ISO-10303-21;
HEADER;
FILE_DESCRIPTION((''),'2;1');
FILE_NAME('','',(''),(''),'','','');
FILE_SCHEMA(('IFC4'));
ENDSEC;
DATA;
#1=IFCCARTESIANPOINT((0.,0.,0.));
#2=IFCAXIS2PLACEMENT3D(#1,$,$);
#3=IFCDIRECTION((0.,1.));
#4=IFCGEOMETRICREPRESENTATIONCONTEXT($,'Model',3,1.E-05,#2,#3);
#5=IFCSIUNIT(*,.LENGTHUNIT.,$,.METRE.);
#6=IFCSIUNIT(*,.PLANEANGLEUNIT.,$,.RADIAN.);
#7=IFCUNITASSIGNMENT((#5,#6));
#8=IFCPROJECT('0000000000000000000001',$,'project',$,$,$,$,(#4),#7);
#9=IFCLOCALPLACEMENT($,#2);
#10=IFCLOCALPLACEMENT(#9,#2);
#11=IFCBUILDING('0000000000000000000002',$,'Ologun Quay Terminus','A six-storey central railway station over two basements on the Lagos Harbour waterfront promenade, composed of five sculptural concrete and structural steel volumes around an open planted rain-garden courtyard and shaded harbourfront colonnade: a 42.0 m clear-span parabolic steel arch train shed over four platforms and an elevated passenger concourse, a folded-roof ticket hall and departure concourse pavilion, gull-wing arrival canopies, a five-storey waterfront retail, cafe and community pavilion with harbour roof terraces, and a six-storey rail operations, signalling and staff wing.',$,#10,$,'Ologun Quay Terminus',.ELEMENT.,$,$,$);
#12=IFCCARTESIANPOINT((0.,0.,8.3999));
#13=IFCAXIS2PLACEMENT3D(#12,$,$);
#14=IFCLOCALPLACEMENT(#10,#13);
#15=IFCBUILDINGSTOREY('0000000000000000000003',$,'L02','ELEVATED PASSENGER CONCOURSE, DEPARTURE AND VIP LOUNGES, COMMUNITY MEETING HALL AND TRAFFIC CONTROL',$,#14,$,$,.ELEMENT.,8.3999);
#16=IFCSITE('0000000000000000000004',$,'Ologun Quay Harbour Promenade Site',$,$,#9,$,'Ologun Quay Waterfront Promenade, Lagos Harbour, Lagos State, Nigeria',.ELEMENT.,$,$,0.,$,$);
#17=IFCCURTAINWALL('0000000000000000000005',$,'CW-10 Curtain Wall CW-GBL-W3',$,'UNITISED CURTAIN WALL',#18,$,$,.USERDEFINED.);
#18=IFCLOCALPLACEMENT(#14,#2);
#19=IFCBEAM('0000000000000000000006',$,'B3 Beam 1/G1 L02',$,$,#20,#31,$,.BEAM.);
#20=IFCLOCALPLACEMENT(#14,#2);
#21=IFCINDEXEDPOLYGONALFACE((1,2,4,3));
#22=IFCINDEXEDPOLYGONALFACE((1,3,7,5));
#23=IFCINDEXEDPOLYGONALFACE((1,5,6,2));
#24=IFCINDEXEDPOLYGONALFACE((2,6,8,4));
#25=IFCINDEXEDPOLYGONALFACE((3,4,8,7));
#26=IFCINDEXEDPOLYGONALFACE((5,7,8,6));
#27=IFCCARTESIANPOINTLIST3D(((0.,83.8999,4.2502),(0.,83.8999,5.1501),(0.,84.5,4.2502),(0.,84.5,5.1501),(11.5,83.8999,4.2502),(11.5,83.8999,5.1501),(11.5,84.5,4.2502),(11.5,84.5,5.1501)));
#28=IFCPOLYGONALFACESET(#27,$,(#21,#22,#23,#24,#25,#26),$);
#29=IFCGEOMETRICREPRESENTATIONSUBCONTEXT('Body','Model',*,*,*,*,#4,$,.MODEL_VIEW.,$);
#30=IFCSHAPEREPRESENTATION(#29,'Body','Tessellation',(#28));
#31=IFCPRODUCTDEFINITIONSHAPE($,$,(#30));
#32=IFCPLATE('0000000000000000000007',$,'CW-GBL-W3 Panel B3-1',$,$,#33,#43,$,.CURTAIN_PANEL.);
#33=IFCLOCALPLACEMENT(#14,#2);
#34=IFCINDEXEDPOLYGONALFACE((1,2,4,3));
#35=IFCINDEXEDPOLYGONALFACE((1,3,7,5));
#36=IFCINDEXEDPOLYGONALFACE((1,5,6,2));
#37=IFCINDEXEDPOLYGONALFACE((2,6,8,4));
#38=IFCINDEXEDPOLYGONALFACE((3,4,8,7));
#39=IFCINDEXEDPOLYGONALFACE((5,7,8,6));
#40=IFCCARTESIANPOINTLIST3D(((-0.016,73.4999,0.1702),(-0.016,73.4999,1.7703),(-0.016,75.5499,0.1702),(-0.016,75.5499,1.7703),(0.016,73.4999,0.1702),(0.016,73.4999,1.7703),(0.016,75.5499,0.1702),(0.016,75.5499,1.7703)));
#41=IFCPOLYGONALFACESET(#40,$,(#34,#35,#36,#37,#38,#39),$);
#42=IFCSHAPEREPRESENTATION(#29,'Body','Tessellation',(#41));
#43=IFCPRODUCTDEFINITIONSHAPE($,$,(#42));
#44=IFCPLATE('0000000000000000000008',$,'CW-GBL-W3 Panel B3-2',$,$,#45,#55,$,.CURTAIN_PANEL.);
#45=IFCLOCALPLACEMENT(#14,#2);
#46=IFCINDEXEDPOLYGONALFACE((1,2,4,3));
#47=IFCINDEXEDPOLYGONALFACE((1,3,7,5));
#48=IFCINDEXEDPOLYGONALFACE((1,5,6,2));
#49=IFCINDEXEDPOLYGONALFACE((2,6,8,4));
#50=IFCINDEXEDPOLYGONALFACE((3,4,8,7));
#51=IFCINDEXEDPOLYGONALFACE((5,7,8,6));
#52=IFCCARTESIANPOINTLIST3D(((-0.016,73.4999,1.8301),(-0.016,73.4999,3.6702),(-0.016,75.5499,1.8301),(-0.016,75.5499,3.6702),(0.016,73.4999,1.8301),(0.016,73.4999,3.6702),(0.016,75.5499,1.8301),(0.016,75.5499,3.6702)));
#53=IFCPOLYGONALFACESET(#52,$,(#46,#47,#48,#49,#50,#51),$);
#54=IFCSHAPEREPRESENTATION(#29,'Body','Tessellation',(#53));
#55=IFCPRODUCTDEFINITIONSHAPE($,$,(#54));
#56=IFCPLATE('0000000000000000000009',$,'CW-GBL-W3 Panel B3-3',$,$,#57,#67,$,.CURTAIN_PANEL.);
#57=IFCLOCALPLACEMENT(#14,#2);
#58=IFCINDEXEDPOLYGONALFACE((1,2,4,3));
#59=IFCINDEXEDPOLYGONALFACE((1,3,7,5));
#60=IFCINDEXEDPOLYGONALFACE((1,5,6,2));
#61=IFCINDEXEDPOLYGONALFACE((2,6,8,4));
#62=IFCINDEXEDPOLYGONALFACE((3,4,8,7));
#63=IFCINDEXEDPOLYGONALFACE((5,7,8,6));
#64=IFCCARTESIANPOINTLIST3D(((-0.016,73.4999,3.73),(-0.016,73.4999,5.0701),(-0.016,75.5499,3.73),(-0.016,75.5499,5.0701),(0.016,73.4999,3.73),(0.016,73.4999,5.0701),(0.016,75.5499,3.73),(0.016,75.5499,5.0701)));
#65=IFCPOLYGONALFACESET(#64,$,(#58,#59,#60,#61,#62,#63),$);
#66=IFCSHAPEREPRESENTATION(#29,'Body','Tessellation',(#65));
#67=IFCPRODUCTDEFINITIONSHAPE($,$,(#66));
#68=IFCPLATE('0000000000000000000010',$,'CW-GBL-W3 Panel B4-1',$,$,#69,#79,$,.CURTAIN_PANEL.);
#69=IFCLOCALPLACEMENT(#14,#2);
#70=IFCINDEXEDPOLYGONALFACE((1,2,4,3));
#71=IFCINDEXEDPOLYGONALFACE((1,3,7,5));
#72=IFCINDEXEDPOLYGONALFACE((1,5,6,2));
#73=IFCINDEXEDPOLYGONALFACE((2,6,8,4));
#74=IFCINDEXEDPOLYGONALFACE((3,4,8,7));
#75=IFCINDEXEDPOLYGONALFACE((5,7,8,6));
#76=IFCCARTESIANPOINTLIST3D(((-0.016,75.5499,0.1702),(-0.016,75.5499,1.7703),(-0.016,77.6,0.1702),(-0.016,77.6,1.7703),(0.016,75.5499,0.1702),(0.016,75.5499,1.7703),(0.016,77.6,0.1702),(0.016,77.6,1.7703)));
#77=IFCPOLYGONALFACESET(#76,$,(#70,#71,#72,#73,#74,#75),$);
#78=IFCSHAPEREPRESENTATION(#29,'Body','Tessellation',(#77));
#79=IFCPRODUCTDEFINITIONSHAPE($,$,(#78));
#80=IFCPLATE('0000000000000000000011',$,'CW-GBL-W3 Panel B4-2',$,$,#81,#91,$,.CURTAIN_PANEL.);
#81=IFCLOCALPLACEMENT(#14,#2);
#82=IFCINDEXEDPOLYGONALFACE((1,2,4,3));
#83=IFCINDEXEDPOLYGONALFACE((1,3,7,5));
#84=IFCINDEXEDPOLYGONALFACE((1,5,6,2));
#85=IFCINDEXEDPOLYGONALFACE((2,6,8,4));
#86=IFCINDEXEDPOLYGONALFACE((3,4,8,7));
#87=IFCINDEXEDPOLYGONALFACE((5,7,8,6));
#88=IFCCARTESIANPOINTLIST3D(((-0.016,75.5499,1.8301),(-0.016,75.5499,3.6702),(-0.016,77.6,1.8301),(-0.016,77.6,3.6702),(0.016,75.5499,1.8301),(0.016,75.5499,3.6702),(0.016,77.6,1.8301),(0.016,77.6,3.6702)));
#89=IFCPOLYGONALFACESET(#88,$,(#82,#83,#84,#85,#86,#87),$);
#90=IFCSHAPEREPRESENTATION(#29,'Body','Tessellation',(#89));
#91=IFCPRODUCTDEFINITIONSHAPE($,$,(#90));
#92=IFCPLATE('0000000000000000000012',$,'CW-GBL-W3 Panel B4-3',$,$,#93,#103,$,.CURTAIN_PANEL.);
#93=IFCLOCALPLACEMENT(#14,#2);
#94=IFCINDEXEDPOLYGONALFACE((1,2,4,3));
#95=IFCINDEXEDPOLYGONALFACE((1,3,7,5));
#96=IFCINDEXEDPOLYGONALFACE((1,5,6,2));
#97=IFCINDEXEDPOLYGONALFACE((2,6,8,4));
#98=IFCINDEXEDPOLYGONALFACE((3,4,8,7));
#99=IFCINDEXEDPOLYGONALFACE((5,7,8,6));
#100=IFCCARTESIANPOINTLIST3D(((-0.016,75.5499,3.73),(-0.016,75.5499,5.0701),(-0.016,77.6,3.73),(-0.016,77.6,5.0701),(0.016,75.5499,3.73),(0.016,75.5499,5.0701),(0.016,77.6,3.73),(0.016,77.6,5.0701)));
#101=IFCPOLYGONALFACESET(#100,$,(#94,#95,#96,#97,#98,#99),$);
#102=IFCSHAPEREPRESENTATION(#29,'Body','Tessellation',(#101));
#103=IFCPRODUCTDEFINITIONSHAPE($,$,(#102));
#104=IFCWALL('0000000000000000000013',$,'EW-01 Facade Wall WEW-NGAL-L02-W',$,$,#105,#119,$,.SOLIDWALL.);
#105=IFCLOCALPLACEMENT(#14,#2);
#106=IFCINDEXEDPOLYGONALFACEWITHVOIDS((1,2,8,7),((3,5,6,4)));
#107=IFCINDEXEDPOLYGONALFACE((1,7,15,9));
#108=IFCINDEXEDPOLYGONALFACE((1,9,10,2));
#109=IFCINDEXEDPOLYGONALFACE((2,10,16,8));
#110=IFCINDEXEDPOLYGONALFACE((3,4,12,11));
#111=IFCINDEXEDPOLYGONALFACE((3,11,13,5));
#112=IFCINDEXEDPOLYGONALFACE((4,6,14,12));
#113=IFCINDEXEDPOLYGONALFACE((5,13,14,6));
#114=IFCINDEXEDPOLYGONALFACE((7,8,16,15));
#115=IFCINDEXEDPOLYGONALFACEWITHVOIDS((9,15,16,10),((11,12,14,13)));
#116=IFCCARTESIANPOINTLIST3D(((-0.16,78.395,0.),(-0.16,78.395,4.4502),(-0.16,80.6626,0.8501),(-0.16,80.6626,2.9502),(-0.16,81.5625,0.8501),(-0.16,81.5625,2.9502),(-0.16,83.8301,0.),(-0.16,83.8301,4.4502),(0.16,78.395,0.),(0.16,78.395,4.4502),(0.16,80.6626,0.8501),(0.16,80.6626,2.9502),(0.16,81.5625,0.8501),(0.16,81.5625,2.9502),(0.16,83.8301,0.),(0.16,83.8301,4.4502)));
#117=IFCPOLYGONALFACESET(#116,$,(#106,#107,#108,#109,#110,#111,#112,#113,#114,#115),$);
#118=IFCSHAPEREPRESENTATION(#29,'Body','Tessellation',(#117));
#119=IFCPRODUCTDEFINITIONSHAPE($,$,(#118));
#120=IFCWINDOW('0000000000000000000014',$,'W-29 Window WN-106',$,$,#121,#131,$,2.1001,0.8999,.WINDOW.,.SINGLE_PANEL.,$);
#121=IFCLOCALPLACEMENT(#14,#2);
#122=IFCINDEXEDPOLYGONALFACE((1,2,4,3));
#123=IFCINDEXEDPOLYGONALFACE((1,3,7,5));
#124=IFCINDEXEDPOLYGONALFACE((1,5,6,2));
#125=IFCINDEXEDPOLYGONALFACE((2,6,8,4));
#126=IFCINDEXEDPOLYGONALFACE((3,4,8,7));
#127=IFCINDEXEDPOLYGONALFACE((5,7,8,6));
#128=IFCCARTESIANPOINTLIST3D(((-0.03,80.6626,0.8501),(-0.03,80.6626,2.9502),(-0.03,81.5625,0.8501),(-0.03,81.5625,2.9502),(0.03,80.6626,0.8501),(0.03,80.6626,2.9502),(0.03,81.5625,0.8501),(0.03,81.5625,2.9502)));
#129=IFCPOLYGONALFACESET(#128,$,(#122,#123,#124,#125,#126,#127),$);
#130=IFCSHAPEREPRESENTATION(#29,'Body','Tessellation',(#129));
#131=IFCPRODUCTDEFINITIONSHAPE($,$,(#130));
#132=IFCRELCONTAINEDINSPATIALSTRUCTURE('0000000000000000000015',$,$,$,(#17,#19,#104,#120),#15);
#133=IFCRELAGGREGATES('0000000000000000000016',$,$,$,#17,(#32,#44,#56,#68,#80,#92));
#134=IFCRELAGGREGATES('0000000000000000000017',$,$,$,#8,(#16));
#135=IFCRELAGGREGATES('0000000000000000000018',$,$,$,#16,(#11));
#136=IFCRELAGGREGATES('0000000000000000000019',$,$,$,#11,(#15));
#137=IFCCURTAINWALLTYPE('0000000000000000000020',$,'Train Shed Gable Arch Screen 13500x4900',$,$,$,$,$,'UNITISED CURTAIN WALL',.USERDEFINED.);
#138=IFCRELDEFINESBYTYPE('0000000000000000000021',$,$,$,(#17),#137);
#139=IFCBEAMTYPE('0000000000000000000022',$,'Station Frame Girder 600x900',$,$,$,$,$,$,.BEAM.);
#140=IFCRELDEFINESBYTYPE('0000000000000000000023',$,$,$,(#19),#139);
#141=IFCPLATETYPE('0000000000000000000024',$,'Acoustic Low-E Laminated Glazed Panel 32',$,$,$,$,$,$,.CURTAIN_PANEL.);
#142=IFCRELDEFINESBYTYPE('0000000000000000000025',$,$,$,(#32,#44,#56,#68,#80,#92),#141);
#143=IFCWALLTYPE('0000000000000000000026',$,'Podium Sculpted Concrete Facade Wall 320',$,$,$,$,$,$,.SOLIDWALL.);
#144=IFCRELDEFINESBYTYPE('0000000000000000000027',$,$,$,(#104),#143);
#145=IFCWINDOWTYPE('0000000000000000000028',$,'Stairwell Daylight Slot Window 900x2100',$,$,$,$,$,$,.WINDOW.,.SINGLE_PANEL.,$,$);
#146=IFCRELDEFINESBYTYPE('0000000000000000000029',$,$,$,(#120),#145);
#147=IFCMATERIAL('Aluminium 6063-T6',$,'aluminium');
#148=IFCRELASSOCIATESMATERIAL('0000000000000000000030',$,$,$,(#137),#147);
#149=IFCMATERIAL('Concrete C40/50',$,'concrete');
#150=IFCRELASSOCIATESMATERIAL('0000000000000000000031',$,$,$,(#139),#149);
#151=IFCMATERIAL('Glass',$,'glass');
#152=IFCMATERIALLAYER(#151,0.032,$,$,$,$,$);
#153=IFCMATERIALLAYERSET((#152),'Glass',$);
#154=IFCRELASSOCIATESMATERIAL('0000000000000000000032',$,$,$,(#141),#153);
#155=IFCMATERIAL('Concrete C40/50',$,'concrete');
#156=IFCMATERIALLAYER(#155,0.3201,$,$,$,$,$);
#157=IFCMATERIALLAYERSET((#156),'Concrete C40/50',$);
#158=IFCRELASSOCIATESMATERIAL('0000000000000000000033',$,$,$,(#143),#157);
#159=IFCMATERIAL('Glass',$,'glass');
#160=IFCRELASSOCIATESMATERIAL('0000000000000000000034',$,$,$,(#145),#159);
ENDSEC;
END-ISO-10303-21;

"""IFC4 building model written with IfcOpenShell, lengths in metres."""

from ifc_helpers import new_model, si_unit, direction, frame, frame_2d, origin, origin_2d, place, context, subcontext, project, spatial, rectangle, extrude, material, layer, layer_set, material_profile, profile_set, type_object, element, fill, aggregate, save


model = new_model("IFC4")

# Units and contexts
model_context = context("Model", 3, precision=1e-05, world=origin(), true_north=direction((0.0, 1.0)))
body_context = subcontext(model_context, "Body", "Model", "MODEL_VIEW")
ifc_project = project(units=[si_unit("LENGTHUNIT", "METRE"), si_unit("PLANEANGLEUNIT", "RADIAN")], contexts=[model_context])

# Site, building, storey
site_placement = place(None, origin())
site = spatial("IfcSite", under=ifc_project, at=site_placement, Name="Ologun Quay Harbour Promenade Site", LongName="Ologun Quay Waterfront Promenade, Lagos Harbour, Lagos State, Nigeria", CompositionType="ELEMENT", RefElevation=0.0)
building_placement = place(site_placement, origin())
building = spatial("IfcBuilding", under=site, at=building_placement, Name="Ologun Quay Terminus", Description="A six-storey central railway station over two basements on the Lagos Harbour waterfront promenade, composed of five sculptural concrete and structural steel volumes around an open planted rain-garden courtyard and shaded harbourfront colonnade: a 42.0 m clear-span parabolic steel arch train shed over four platforms and an elevated passenger concourse, a folded-roof ticket hall and departure concourse pavilion, gull-wing arrival canopies, a five-storey waterfront retail, cafe and community pavilion with harbour roof terraces, and a six-storey rail operations, signalling and staff wing.", LongName="Ologun Quay Terminus", CompositionType="ELEMENT")
storey_placement = place(building_placement, frame((0.0, 0.0, 8.3999)))
storey = spatial("IfcBuildingStorey", under=building, at=storey_placement, Name="L02", Description="ELEVATED PASSENGER CONCOURSE, DEPARTURE AND VIP LOUNGES, COMMUNITY MEETING HALL AND TRAFFIC CONTROL", CompositionType="ELEMENT", Elevation=8.3999)

# Curtain wall
ifc_material_1 = material(Name="Aluminium 6063-T6", Category="aluminium")
curtain_wall_type = type_object("IfcCurtainWallType", Name="Train Shed Gable Arch Screen 13500x4900", ElementType="UNITISED CURTAIN WALL", PredefinedType="USERDEFINED", material=ifc_material_1)
curtain_wall_placement = place(storey_placement, origin())
curtain_wall = element("IfcCurtainWall", 1, at=curtain_wall_placement, inside=storey, type_object=curtain_wall_type, Name="CW-10 Curtain Wall CW-GBL-W3", ObjectType="UNITISED CURTAIN WALL", PredefinedType="USERDEFINED")

# Beam
ifc_material_2 = material(Name="Concrete C40/50", Category="concrete")
ifc_material_profile_1 = material_profile(ifc_material_2, rectangle(XDim=0.6001, YDim=0.8999, at=origin_2d()), Name="RC 600x900")
ifc_profile_set_1 = profile_set([ifc_material_profile_1], Name="Concrete C40/50")
beam_type_1 = type_object("IfcBeamType", Name="Station Frame Girder 600x900", PredefinedType="BEAM", material=ifc_profile_set_1)
for number, where, z_axis, x_axis, name in (
    (2, (0.0, 84.2, 4.7002), (1.0, 0.0, 0.0), (0.0, 1.0, 0.0), "B3 Beam 1/G1 L02"),
):
    element("IfcBeam", number, at=place(storey_placement, frame(where, z_axis=z_axis, x_axis=x_axis)), inside=storey, type_object=beam_type_1, Name=name, PredefinedType="BEAM", context=body_context, shape_type="SweptSolid", body=[
        extrude(rectangle(XDim=0.6001, YDim=0.8999, at=origin_2d()), origin(), (0.0, 0.0, 1.0), 11.5),
    ])

# Plates
ifc_material_3 = material(Name="Glass", Category="glass")
ifc_layer_1 = layer(ifc_material_3, 0.032)
ifc_layer_set_1 = layer_set([ifc_layer_1], Name="Glass")
plate_type = type_object("IfcPlateType", Name="Acoustic Low-E Laminated Glazed Panel 32", PredefinedType="CURTAIN_PANEL", material=ifc_layer_set_1)
plate_1_placement = place(storey_placement, frame((0.0, 74.5249, 0.1702), z_axis=(0.0, 0.0, 1.0), x_axis=(0.0, 1.0, 0.0)))
plate_1 = element("IfcPlate", 3, at=plate_1_placement, type_object=plate_type, Name="CW-GBL-W3 Panel B3-1", PredefinedType="CURTAIN_PANEL", context=body_context, shape_type="SweptSolid", body=[
    extrude(rectangle(XDim=2.05, YDim=0.032, at=origin_2d()), origin(), (0.0, 0.0, 1.0), 1.6001),
])
plate_2_placement = place(storey_placement, frame((0.0, 74.5249, 1.8301), z_axis=(0.0, 0.0, 1.0), x_axis=(0.0, 1.0, 0.0)))
plate_2 = element("IfcPlate", 4, at=plate_2_placement, type_object=plate_type, Name="CW-GBL-W3 Panel B3-2", PredefinedType="CURTAIN_PANEL", context=body_context, shape_type="SweptSolid", body=[
    extrude(rectangle(XDim=2.05, YDim=0.032, at=origin_2d()), origin(), (0.0, 0.0, 1.0), 1.8401),
])
plate_3_placement = place(storey_placement, frame((0.0, 74.5249, 3.73), z_axis=(0.0, 0.0, 1.0), x_axis=(0.0, 1.0, 0.0)))
plate_3 = element("IfcPlate", 5, at=plate_3_placement, type_object=plate_type, Name="CW-GBL-W3 Panel B3-3", PredefinedType="CURTAIN_PANEL", context=body_context, shape_type="SweptSolid", body=[
    extrude(rectangle(XDim=2.05, YDim=0.032, at=origin_2d()), origin(), (0.0, 0.0, 1.0), 1.3401),
])
plate_4_placement = place(storey_placement, frame((0.0, 76.575, 0.1702), z_axis=(0.0, 0.0, 1.0), x_axis=(0.0, 1.0, 0.0)))
plate_4 = element("IfcPlate", 6, at=plate_4_placement, type_object=plate_type, Name="CW-GBL-W3 Panel B4-1", PredefinedType="CURTAIN_PANEL", context=body_context, shape_type="SweptSolid", body=[
    extrude(rectangle(XDim=2.05, YDim=0.032, at=origin_2d()), origin(), (0.0, 0.0, 1.0), 1.6001),
])
plate_5_placement = place(storey_placement, frame((0.0, 76.575, 1.8301), z_axis=(0.0, 0.0, 1.0), x_axis=(0.0, 1.0, 0.0)))
plate_5 = element("IfcPlate", 7, at=plate_5_placement, type_object=plate_type, Name="CW-GBL-W3 Panel B4-2", PredefinedType="CURTAIN_PANEL", context=body_context, shape_type="SweptSolid", body=[
    extrude(rectangle(XDim=2.05, YDim=0.032, at=origin_2d()), origin(), (0.0, 0.0, 1.0), 1.8401),
])
plate_6_placement = place(storey_placement, frame((0.0, 76.575, 3.73), z_axis=(0.0, 0.0, 1.0), x_axis=(0.0, 1.0, 0.0)))
plate_6 = element("IfcPlate", 8, at=plate_6_placement, type_object=plate_type, Name="CW-GBL-W3 Panel B4-3", PredefinedType="CURTAIN_PANEL", context=body_context, shape_type="SweptSolid", body=[
    extrude(rectangle(XDim=2.05, YDim=0.032, at=origin_2d()), origin(), (0.0, 0.0, 1.0), 1.3401),
])
aggregate(curtain_wall, [plate_1, plate_2, plate_3, plate_4, plate_5, plate_6])

# Wall, opening, window
ifc_material_4 = material(Name="Concrete C40/50", Category="concrete")
ifc_layer_2 = layer(ifc_material_4, 0.3201)
ifc_layer_set_2 = layer_set([ifc_layer_2], Name="Concrete C40/50")
wall_type = type_object("IfcWallType", Name="Podium Sculpted Concrete Facade Wall 320", PredefinedType="SOLIDWALL", material=ifc_layer_set_2)
wall_placement = place(storey_placement, frame((0.0, 78.395, 0.0), z_axis=(0.0, 0.0, 1.0), x_axis=(0.0, 1.0, 0.0)))
wall = element("IfcWall", 9, at=wall_placement, inside=storey, type_object=wall_type, Name="EW-01 Facade Wall WEW-NGAL-L02-W", PredefinedType="SOLIDWALL", context=body_context, shape_type="SweptSolid", body=[
    extrude(rectangle(XDim=5.4351, YDim=0.3201, at=frame_2d((2.7175, 0.0))), origin(), (0.0, 0.0, 1.0), 4.4502),
])
opening_placement = place(wall_placement, frame((2.2676, 0.0, 0.8501)))
opening = element("IfcOpeningElement", 10, at=opening_placement, cuts=wall, PredefinedType="OPENING", context=body_context, shape_type="SweptSolid", body=[
    extrude(rectangle(XDim=0.8999, YDim=2.1001, at=frame_2d((0.45, 1.05))), frame((0.0, 0.1699, 0.0), z_axis=(0.0, -1.0, 0.0), x_axis=(1.0, 0.0, 0.0)), (0.0, 0.0, 1.0), 0.3401),
])
ifc_material_5 = material(Name="Glass", Category="glass")
window_type = type_object("IfcWindowType", Name="Stairwell Daylight Slot Window 900x2100", PartitioningType="SINGLE_PANEL", PredefinedType="WINDOW", material=ifc_material_5)
window_placement = place(opening_placement, origin())
window = element("IfcWindow", 11, at=window_placement, inside=storey, type_object=window_type, Name="W-29 Window WN-106", OverallHeight=2.1001, OverallWidth=0.8999, PartitioningType="SINGLE_PANEL", PredefinedType="WINDOW", context=body_context, shape_type="SweptSolid", body=[
    extrude(rectangle(XDim=0.8999, YDim=2.1001, at=frame_2d((0.45, 1.05))), frame((0.0, 0.03, 0.0), z_axis=(0.0, -1.0, 0.0), x_axis=(1.0, 0.0, 0.0)), (0.0, 0.0, 1.0), 0.0601),
])
fill(opening, window)

save(model, "model.ifc")
